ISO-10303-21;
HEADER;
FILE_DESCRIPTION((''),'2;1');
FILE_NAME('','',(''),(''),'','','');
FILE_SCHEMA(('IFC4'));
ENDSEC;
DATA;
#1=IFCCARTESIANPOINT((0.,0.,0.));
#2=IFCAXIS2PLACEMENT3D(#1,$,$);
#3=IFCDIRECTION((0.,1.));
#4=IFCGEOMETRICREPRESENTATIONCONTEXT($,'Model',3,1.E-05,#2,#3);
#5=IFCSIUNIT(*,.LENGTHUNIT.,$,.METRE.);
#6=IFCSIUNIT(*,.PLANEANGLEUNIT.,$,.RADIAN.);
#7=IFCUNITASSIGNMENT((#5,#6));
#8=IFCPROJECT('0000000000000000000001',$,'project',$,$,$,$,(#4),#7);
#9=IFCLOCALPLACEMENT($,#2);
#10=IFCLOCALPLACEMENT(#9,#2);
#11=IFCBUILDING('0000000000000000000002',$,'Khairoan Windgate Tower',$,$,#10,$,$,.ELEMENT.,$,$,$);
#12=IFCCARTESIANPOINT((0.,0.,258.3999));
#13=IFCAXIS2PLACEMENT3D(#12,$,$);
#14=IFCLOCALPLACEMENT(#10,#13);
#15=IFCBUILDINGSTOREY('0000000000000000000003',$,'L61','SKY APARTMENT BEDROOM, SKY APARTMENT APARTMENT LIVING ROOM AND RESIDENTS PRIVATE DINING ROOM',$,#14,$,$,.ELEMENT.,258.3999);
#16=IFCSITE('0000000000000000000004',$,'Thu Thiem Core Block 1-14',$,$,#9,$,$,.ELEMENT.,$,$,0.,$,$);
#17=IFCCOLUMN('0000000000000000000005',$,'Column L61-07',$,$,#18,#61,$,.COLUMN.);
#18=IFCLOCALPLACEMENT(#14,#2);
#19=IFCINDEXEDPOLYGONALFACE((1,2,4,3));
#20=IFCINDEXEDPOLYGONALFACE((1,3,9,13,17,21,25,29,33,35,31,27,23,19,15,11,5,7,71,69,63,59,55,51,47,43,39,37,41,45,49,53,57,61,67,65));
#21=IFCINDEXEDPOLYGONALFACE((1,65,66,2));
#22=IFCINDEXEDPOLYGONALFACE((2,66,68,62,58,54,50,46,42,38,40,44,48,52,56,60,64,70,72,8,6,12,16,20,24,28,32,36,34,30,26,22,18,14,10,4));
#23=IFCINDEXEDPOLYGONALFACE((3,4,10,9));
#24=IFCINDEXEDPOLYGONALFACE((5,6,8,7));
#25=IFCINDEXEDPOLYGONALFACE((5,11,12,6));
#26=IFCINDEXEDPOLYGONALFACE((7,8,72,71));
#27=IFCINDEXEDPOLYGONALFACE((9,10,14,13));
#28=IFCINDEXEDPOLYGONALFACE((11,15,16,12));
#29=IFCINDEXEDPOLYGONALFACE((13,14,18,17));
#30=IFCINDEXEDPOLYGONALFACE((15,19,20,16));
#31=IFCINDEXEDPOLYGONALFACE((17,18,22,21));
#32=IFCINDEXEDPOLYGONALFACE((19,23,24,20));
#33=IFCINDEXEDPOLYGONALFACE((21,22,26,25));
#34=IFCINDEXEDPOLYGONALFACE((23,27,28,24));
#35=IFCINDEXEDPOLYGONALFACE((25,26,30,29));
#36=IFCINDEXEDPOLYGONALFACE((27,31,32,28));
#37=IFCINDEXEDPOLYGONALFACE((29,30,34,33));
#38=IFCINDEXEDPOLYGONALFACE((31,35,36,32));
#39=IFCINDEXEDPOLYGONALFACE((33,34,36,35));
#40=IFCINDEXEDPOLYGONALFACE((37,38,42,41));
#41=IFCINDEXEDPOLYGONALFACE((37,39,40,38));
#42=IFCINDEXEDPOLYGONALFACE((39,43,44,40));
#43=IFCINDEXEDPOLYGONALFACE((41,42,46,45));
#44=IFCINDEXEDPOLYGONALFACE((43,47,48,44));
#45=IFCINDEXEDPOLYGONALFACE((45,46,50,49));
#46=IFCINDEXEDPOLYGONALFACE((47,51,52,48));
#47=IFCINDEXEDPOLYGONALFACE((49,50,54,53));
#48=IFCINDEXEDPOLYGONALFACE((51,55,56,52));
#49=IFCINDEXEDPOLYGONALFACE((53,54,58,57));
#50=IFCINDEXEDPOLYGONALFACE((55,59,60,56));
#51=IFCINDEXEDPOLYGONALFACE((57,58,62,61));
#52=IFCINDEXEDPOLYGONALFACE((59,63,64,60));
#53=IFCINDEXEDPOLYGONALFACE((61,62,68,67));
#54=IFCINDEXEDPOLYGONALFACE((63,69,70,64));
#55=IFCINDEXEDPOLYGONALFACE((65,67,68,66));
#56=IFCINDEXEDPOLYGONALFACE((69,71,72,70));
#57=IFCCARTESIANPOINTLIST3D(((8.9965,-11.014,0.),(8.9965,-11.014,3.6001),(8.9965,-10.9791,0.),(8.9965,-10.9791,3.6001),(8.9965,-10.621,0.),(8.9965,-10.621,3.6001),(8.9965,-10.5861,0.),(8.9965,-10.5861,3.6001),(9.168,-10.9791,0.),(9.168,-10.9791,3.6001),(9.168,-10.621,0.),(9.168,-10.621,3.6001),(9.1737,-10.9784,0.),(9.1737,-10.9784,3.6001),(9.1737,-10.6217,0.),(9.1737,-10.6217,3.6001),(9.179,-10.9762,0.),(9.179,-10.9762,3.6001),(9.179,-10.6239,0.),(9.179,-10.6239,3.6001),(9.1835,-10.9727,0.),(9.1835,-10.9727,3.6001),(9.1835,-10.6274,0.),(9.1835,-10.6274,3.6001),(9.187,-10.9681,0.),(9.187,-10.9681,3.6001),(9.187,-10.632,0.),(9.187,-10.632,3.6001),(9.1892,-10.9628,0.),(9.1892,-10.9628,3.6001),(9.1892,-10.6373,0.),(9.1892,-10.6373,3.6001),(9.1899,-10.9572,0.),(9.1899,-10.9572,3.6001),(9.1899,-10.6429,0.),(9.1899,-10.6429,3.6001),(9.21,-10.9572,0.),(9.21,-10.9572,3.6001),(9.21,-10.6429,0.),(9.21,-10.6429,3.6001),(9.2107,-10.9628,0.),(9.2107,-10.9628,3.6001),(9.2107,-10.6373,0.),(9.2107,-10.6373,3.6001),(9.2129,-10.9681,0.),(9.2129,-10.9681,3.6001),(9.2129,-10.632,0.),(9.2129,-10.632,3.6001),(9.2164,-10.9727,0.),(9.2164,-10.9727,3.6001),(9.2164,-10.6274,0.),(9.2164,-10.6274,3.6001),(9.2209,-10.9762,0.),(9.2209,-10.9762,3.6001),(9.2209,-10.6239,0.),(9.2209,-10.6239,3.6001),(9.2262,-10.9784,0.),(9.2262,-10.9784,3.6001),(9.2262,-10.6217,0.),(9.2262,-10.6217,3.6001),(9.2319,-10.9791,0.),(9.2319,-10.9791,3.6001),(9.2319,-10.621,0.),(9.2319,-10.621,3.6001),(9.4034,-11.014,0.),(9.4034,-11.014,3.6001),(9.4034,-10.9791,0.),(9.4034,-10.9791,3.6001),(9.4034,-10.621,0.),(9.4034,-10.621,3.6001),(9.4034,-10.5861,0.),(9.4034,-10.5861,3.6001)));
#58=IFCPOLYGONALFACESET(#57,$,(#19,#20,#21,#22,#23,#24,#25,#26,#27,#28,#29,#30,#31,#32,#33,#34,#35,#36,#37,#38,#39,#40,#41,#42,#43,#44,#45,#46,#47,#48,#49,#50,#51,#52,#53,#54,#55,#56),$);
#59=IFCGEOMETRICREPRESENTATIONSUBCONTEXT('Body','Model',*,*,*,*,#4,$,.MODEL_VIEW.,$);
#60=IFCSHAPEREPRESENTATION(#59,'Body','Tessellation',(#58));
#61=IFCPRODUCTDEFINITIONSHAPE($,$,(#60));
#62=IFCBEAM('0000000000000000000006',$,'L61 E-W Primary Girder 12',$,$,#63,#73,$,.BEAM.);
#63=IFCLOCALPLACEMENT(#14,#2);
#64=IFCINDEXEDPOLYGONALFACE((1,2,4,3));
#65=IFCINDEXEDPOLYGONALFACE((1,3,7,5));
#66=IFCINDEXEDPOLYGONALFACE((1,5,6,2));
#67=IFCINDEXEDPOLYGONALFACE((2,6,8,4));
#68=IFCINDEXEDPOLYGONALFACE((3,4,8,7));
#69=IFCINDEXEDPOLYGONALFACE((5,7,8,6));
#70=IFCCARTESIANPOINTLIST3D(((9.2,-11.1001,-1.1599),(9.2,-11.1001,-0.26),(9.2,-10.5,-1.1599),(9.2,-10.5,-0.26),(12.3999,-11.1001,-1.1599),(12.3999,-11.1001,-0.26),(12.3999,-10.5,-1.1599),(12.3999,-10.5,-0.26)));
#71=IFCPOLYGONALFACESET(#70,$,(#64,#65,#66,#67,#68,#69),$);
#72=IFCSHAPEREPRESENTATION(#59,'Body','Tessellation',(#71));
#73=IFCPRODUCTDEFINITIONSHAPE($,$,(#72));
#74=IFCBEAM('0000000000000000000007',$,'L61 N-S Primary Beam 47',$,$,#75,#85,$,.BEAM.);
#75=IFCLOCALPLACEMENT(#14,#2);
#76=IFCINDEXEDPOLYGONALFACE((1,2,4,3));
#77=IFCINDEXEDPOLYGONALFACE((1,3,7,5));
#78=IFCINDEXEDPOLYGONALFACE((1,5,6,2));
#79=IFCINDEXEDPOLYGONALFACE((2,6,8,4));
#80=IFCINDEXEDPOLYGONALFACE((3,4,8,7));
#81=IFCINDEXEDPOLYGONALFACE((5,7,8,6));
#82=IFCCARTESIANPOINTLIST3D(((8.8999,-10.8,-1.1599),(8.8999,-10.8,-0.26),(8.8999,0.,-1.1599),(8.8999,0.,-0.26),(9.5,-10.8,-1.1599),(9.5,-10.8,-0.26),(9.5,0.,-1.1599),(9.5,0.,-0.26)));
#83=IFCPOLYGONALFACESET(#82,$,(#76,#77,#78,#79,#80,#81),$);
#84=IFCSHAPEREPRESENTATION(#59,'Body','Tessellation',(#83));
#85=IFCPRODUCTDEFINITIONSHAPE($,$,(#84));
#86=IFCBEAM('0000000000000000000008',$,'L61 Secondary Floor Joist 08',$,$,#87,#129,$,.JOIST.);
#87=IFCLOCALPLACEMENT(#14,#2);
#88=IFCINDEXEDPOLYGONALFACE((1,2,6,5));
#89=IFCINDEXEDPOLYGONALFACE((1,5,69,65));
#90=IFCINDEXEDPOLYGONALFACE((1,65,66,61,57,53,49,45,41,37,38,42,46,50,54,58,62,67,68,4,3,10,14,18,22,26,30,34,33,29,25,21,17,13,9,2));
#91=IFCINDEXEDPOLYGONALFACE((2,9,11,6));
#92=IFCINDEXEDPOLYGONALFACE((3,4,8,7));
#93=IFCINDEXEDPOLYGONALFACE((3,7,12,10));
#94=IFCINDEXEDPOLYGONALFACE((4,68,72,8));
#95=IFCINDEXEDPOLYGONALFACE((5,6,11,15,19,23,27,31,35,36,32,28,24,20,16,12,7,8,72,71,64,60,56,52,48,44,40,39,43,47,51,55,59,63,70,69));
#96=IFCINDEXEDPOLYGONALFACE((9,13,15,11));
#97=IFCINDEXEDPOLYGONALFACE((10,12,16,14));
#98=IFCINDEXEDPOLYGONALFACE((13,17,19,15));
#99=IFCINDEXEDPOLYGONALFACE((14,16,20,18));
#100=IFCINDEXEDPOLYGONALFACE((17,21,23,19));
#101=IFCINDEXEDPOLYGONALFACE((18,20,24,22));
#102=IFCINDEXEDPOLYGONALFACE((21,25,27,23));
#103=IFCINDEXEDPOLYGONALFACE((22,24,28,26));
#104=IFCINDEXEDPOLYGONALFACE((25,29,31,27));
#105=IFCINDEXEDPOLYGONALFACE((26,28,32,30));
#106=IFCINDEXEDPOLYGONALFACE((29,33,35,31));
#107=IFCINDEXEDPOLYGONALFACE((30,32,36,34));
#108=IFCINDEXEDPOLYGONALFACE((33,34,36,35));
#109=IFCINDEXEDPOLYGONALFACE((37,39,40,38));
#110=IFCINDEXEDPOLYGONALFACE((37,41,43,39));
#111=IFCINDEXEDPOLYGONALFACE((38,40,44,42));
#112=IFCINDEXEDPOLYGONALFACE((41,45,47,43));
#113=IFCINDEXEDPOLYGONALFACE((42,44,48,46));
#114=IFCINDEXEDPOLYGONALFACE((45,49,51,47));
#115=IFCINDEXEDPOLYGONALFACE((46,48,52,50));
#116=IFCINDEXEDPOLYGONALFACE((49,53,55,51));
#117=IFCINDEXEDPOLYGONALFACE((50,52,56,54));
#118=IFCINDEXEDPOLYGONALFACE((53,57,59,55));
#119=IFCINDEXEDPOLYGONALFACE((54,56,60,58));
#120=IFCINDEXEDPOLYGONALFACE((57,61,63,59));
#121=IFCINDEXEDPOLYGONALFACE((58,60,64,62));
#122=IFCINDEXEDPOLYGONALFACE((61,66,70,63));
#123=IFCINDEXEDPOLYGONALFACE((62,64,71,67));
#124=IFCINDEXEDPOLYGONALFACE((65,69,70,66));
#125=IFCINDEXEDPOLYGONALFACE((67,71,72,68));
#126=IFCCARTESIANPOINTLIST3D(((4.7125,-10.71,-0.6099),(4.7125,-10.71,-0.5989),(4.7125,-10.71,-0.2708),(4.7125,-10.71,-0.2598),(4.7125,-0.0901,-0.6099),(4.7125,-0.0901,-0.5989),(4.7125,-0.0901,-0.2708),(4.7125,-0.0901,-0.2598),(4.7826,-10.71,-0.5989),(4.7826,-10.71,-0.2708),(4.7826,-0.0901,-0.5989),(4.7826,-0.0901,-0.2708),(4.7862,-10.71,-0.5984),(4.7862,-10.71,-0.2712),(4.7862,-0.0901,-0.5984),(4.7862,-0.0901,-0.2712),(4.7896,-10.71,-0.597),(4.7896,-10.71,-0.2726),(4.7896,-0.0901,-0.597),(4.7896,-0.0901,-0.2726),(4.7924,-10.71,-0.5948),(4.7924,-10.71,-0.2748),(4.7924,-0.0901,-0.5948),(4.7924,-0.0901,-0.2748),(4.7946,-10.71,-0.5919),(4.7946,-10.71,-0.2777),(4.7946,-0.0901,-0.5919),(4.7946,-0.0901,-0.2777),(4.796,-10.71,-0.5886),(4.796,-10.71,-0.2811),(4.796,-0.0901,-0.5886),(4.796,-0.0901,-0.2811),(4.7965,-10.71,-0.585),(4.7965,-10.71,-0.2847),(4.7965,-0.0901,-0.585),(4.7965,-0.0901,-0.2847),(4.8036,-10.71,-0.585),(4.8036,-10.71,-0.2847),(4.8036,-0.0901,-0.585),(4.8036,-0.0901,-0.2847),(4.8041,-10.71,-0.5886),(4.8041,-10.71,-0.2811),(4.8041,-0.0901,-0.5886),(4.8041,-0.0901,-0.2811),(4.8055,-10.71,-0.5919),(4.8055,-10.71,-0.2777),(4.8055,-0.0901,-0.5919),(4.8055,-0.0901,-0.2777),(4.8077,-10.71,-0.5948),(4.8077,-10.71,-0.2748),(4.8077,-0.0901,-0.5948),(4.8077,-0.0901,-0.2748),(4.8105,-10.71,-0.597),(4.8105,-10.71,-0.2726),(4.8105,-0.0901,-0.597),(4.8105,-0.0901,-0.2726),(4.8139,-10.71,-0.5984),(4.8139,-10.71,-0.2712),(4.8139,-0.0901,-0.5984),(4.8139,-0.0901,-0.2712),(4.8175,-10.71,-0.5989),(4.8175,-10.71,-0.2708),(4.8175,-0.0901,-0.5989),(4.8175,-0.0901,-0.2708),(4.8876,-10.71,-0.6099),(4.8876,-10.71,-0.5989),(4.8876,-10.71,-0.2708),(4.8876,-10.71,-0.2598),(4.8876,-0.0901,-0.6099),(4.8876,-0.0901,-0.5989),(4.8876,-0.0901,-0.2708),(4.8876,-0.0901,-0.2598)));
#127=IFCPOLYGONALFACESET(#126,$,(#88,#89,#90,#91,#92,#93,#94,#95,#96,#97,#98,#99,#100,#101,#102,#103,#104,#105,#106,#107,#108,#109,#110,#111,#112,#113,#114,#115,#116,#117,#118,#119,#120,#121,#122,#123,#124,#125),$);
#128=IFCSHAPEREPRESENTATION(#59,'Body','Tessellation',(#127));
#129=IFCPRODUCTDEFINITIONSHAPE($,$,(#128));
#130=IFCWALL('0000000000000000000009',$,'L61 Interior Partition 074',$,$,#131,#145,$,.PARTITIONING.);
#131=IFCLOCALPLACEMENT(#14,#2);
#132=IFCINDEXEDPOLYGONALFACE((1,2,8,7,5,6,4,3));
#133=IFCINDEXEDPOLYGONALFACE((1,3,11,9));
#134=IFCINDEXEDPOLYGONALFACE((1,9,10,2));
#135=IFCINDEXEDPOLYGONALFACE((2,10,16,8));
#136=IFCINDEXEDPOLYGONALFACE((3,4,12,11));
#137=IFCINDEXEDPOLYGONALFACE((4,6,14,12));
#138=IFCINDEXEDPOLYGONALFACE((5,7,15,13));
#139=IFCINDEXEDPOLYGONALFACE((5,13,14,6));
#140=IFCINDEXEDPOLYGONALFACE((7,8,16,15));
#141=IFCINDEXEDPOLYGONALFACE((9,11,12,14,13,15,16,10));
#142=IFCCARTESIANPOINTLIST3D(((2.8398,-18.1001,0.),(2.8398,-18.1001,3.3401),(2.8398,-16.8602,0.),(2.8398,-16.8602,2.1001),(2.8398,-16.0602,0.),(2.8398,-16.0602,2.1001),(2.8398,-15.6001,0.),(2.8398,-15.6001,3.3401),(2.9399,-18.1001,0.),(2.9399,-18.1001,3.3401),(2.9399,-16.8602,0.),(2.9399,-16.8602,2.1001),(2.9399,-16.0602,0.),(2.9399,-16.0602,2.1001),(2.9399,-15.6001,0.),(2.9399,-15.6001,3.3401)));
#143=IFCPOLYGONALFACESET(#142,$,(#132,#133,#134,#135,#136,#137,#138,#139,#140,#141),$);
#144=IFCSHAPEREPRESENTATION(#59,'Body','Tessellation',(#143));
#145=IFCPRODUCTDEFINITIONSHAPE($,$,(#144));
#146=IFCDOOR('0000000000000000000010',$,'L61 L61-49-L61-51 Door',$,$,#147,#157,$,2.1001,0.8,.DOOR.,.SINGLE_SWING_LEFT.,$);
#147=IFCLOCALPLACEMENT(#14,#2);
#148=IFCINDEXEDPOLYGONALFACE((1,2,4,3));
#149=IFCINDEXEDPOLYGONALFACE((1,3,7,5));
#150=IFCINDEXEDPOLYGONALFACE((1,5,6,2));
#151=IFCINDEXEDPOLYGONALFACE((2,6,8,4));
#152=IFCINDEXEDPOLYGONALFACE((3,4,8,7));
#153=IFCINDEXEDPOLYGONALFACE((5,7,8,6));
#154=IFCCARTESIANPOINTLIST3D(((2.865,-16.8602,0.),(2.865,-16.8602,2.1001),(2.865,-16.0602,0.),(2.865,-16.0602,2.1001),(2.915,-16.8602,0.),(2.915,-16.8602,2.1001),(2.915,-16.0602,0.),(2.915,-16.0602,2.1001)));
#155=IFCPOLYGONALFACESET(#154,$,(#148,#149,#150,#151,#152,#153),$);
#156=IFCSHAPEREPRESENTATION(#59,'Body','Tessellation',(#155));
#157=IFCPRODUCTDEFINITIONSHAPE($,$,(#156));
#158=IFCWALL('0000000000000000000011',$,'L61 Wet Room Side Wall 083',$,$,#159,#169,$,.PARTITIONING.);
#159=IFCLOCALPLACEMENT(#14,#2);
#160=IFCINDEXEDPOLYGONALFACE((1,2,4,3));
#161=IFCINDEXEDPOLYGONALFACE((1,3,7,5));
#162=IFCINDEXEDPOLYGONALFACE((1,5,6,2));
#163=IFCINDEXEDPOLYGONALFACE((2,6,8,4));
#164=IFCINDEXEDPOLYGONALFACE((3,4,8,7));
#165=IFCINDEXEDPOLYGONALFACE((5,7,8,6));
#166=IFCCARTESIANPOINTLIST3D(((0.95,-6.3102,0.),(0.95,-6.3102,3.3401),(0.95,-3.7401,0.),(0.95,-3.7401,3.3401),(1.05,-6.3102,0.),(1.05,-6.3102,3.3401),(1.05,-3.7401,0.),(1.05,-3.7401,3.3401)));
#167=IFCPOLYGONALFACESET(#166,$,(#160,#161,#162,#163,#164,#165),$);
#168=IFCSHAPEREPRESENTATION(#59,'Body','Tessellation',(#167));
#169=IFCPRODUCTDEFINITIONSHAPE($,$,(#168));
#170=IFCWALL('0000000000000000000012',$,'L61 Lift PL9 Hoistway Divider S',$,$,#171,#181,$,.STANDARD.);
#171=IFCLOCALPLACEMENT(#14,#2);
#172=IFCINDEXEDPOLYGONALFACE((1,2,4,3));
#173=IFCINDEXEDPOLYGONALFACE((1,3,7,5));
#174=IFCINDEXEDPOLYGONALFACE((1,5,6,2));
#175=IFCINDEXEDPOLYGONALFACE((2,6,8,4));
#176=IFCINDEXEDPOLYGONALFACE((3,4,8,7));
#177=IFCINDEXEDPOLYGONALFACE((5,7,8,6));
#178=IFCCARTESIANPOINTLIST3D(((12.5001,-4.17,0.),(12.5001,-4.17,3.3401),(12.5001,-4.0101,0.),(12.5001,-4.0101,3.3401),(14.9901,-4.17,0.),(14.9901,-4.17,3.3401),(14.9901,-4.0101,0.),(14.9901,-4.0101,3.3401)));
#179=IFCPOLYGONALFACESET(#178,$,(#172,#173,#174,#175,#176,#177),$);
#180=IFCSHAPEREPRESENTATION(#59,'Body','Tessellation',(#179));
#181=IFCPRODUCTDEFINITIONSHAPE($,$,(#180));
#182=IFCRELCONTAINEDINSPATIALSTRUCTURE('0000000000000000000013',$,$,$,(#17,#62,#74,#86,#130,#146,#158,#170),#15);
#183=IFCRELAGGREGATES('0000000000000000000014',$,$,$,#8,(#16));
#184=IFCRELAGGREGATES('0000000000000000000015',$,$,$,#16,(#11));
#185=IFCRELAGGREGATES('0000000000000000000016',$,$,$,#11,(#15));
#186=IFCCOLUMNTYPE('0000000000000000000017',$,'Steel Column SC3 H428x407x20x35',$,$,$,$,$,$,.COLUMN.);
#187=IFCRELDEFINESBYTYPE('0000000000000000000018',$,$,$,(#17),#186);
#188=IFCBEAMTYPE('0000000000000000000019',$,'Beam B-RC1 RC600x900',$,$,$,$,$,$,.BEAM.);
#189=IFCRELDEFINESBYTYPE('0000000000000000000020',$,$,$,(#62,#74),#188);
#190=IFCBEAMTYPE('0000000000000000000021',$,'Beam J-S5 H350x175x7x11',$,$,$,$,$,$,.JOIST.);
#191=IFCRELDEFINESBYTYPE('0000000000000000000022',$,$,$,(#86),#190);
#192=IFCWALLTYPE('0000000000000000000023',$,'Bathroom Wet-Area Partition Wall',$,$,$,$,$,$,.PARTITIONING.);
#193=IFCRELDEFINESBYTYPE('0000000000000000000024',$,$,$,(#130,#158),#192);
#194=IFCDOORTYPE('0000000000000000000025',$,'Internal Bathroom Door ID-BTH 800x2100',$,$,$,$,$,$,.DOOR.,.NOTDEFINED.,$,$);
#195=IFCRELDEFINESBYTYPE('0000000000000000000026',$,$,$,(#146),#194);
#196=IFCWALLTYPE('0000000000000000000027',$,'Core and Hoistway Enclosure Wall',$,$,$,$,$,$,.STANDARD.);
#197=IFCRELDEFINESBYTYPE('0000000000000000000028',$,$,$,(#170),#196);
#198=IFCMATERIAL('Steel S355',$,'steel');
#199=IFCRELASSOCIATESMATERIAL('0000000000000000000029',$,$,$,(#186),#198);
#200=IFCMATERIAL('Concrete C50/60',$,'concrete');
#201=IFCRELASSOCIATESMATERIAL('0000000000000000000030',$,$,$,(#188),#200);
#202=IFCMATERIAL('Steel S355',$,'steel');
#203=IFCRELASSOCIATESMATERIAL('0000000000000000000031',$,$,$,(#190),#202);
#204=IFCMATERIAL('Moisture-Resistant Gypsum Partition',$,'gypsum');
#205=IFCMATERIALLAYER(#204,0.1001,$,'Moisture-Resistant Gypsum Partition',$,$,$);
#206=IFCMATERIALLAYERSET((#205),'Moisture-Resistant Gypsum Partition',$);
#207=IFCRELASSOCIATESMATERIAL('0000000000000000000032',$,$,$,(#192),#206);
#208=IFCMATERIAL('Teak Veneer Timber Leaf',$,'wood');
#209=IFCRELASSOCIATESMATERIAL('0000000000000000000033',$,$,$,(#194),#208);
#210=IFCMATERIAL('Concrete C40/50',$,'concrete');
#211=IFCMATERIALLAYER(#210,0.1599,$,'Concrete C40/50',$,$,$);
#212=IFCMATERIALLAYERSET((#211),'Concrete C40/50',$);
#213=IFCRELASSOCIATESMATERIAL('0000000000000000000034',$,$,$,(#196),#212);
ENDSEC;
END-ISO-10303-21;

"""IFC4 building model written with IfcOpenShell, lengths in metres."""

from ifc_helpers import new_model, si_unit, direction, frame, frame_2d, origin, origin_2d, place, context, subcontext, project, spatial, rectangle, i_section, extrude, material, layer, layer_set, material_profile, profile_set, type_object, element, fill, save


model = new_model("IFC4")

# Units and contexts
model_context = context("Model", 3, precision=1e-05, world=origin(), true_north=direction((0.0, 1.0)))
body_context = subcontext(model_context, "Body", "Model", "MODEL_VIEW")
ifc_project = project(units=[si_unit("LENGTHUNIT", "METRE"), si_unit("PLANEANGLEUNIT", "RADIAN")], contexts=[model_context])

# Site, building, storey
site_placement = place(None, origin())
site = spatial("IfcSite", under=ifc_project, at=site_placement, Name="Thu Thiem Core Block 1-14", CompositionType="ELEMENT", RefElevation=0.0)
building_placement = place(site_placement, origin())
building = spatial("IfcBuilding", under=site, at=building_placement, Name="Khairoan Windgate Tower", CompositionType="ELEMENT")
storey_placement = place(building_placement, frame((0.0, 0.0, 258.3999)))
storey = spatial("IfcBuildingStorey", under=building, at=storey_placement, Name="L61", Description="SKY APARTMENT BEDROOM, SKY APARTMENT APARTMENT LIVING ROOM AND RESIDENTS PRIVATE DINING ROOM", CompositionType="ELEMENT", Elevation=258.3999)

# Column
ifc_material_1 = material(Name="Steel S355", Category="steel")
ifc_material_profile_1 = material_profile(ifc_material_1, i_section(OverallWidth=0.407, OverallDepth=0.428, WebThickness=0.02, FlangeThickness=0.0349, FilletRadius=0.022, at=origin_2d()))
ifc_profile_set_1 = profile_set([ifc_material_profile_1], Name="Steel S355")
column_type = type_object("IfcColumnType", Name="Steel Column SC3 H428x407x20x35", PredefinedType="COLUMN", material=ifc_profile_set_1)
column_placement = place(storey_placement, frame((9.2, -10.8, 0.0), z_axis=(0.0, 0.0, 1.0), x_axis=(1.0, 0.0, 0.0)))
element("IfcColumn", 1, at=column_placement, inside=storey, type_object=column_type, Name="Column L61-07", PredefinedType="COLUMN", context=body_context, shape_type="SweptSolid", body=[
    extrude(i_section(OverallWidth=0.407, OverallDepth=0.428, WebThickness=0.02, FlangeThickness=0.0349, FilletRadius=0.022, at=origin_2d()), origin(), (0.0, 0.0, 1.0), 3.6001),
])

# Beams
ifc_material_2 = material(Name="Concrete C50/60", Category="concrete")
ifc_material_profile_2 = material_profile(ifc_material_2, rectangle(XDim=0.6001, YDim=0.8999, at=origin_2d()))
ifc_profile_set_2 = profile_set([ifc_material_profile_2], Name="Concrete C50/60")
beam_type_1 = type_object("IfcBeamType", Name="Beam B-RC1 RC600x900", PredefinedType="BEAM", material=ifc_profile_set_2)
beam_1_placement = place(storey_placement, frame((9.2, -10.8, -0.71), z_axis=(1.0, 0.0, 0.0), x_axis=(0.0, 1.0, 0.0)))
element("IfcBeam", 2, at=beam_1_placement, inside=storey, type_object=beam_type_1, Name="L61 E-W Primary Girder 12", PredefinedType="BEAM", context=body_context, shape_type="SweptSolid", body=[
    extrude(rectangle(XDim=0.6001, YDim=0.8999, at=origin_2d()), origin(), (0.0, 0.0, 1.0), 3.2),
])
beam_2_placement = place(storey_placement, frame((9.2, -10.8, -0.71), z_axis=(0.0, 1.0, 0.0), x_axis=(-1.0, 0.0, 0.0)))
element("IfcBeam", 3, at=beam_2_placement, inside=storey, type_object=beam_type_1, Name="L61 N-S Primary Beam 47", PredefinedType="BEAM", context=body_context, shape_type="SweptSolid", body=[
    extrude(rectangle(XDim=0.6001, YDim=0.8999, at=origin_2d()), origin(), (0.0, 0.0, 1.0), 10.8),
])
ifc_material_3 = material(Name="Steel S355", Category="steel")
ifc_material_profile_3 = material_profile(ifc_material_3, i_section(OverallWidth=0.175, OverallDepth=0.3501, WebThickness=0.0071, FlangeThickness=0.011, FilletRadius=0.0139, at=origin_2d()))
ifc_profile_set_3 = profile_set([ifc_material_profile_3], Name="Steel S355")
beam_type_2 = type_object("IfcBeamType", Name="Beam J-S5 H350x175x7x11", PredefinedType="JOIST", material=ifc_profile_set_3)
beam_3_placement = place(storey_placement, frame((4.8, -10.71, -0.4348), z_axis=(0.0, 1.0, 0.0), x_axis=(-1.0, 0.0, 0.0)))
element("IfcBeam", 4, at=beam_3_placement, inside=storey, type_object=beam_type_2, Name="L61 Secondary Floor Joist 08", PredefinedType="JOIST", context=body_context, shape_type="SweptSolid", body=[
    extrude(i_section(OverallWidth=0.175, OverallDepth=0.3501, WebThickness=0.0071, FlangeThickness=0.011, FilletRadius=0.0139, at=origin_2d()), origin(), (0.0, 0.0, 1.0), 10.6199),
])

# Wall, opening, door
ifc_material_4 = material(Name="Moisture-Resistant Gypsum Partition", Category="gypsum")
ifc_layer_1 = layer(ifc_material_4, 0.1001, Name="Moisture-Resistant Gypsum Partition")
ifc_layer_set_1 = layer_set([ifc_layer_1], Name="Moisture-Resistant Gypsum Partition")
wall_type_1 = type_object("IfcWallType", Name="Bathroom Wet-Area Partition Wall", PredefinedType="PARTITIONING", material=ifc_layer_set_1)
wall_1_placement = place(storey_placement, frame((2.8899, -18.1001, 0.0), z_axis=(0.0, 0.0, 1.0), x_axis=(0.0, 1.0, 0.0)))
wall_1 = element("IfcWall", 5, at=wall_1_placement, inside=storey, type_object=wall_type_1, Name="L61 Interior Partition 074", PredefinedType="PARTITIONING", context=body_context, shape_type="SweptSolid", body=[
    extrude(rectangle(XDim=2.5, YDim=0.1001, at=frame_2d((1.25, 0.0))), origin(), (0.0, 0.0, 1.0), 3.3401),
])
opening_1_placement = place(wall_1_placement, frame((1.24, 0.0, 0.0)))
opening_1 = element("IfcOpeningElement", 6, at=opening_1_placement, cuts=wall_1, PredefinedType="OPENING", context=body_context, shape_type="SweptSolid", body=[
    extrude(rectangle(XDim=0.8, YDim=2.1001, at=frame_2d((0.3999, 1.05))), frame((0.0, 0.0601, 0.0), z_axis=(0.0, -1.0, 0.0), x_axis=(1.0, 0.0, 0.0)), (0.0, 0.0, 1.0), 0.1201),
])
ifc_material_5 = material(Name="Teak Veneer Timber Leaf", Category="wood")
door_type_1 = type_object("IfcDoorType", Name="Internal Bathroom Door ID-BTH 800x2100", OperationType="NOTDEFINED", PredefinedType="DOOR", material=ifc_material_5)
door_1_placement = place(opening_1_placement, origin())
door_1 = element("IfcDoor", 7, at=door_1_placement, inside=storey, type_object=door_type_1, Name="L61 L61-49-L61-51 Door", OperationType="SINGLE_SWING_LEFT", OverallHeight=2.1001, OverallWidth=0.8, PredefinedType="DOOR", context=body_context, shape_type="SweptSolid", body=[
    extrude(rectangle(XDim=0.8, YDim=2.1001, at=frame_2d((0.3999, 1.05))), frame((0.0, 0.0249, 0.0), z_axis=(0.0, -1.0, 0.0), x_axis=(1.0, 0.0, 0.0)), (0.0, 0.0, 1.0), 0.05),
])
fill(opening_1, door_1)

# Walls
wall_2_placement = place(storey_placement, frame((1.0, -3.74, 0.0), z_axis=(0.0, 0.0, 1.0), x_axis=(0.0, -1.0, 0.0)))
element("IfcWall", 8, at=wall_2_placement, inside=storey, type_object=wall_type_1, Name="L61 Wet Room Side Wall 083", PredefinedType="PARTITIONING", context=body_context, shape_type="SweptSolid", body=[
    extrude(rectangle(XDim=2.5701, YDim=0.1001, at=frame_2d((1.2852, 0.0))), origin(), (0.0, 0.0, 1.0), 3.3401),
])
ifc_material_6 = material(Name="Concrete C40/50", Category="concrete")
ifc_layer_2 = layer(ifc_material_6, 0.1599, Name="Concrete C40/50")
ifc_layer_set_2 = layer_set([ifc_layer_2], Name="Concrete C40/50")
wall_type_2 = type_object("IfcWallType", Name="Core and Hoistway Enclosure Wall", PredefinedType="STANDARD", material=ifc_layer_set_2)
wall_3_placement = place(storey_placement, frame((12.5, -4.0901, 0.0), z_axis=(0.0, 0.0, 1.0), x_axis=(1.0, 0.0, 0.0)))
element("IfcWall", 9, at=wall_3_placement, inside=storey, type_object=wall_type_2, Name="L61 Lift PL9 Hoistway Divider S", PredefinedType="STANDARD", context=body_context, shape_type="SweptSolid", body=[
    extrude(rectangle(XDim=2.49, YDim=0.1599, at=frame_2d((1.2451, 0.0))), origin(), (0.0, 0.0, 1.0), 3.3401),
])

save(model, "model.ifc")
